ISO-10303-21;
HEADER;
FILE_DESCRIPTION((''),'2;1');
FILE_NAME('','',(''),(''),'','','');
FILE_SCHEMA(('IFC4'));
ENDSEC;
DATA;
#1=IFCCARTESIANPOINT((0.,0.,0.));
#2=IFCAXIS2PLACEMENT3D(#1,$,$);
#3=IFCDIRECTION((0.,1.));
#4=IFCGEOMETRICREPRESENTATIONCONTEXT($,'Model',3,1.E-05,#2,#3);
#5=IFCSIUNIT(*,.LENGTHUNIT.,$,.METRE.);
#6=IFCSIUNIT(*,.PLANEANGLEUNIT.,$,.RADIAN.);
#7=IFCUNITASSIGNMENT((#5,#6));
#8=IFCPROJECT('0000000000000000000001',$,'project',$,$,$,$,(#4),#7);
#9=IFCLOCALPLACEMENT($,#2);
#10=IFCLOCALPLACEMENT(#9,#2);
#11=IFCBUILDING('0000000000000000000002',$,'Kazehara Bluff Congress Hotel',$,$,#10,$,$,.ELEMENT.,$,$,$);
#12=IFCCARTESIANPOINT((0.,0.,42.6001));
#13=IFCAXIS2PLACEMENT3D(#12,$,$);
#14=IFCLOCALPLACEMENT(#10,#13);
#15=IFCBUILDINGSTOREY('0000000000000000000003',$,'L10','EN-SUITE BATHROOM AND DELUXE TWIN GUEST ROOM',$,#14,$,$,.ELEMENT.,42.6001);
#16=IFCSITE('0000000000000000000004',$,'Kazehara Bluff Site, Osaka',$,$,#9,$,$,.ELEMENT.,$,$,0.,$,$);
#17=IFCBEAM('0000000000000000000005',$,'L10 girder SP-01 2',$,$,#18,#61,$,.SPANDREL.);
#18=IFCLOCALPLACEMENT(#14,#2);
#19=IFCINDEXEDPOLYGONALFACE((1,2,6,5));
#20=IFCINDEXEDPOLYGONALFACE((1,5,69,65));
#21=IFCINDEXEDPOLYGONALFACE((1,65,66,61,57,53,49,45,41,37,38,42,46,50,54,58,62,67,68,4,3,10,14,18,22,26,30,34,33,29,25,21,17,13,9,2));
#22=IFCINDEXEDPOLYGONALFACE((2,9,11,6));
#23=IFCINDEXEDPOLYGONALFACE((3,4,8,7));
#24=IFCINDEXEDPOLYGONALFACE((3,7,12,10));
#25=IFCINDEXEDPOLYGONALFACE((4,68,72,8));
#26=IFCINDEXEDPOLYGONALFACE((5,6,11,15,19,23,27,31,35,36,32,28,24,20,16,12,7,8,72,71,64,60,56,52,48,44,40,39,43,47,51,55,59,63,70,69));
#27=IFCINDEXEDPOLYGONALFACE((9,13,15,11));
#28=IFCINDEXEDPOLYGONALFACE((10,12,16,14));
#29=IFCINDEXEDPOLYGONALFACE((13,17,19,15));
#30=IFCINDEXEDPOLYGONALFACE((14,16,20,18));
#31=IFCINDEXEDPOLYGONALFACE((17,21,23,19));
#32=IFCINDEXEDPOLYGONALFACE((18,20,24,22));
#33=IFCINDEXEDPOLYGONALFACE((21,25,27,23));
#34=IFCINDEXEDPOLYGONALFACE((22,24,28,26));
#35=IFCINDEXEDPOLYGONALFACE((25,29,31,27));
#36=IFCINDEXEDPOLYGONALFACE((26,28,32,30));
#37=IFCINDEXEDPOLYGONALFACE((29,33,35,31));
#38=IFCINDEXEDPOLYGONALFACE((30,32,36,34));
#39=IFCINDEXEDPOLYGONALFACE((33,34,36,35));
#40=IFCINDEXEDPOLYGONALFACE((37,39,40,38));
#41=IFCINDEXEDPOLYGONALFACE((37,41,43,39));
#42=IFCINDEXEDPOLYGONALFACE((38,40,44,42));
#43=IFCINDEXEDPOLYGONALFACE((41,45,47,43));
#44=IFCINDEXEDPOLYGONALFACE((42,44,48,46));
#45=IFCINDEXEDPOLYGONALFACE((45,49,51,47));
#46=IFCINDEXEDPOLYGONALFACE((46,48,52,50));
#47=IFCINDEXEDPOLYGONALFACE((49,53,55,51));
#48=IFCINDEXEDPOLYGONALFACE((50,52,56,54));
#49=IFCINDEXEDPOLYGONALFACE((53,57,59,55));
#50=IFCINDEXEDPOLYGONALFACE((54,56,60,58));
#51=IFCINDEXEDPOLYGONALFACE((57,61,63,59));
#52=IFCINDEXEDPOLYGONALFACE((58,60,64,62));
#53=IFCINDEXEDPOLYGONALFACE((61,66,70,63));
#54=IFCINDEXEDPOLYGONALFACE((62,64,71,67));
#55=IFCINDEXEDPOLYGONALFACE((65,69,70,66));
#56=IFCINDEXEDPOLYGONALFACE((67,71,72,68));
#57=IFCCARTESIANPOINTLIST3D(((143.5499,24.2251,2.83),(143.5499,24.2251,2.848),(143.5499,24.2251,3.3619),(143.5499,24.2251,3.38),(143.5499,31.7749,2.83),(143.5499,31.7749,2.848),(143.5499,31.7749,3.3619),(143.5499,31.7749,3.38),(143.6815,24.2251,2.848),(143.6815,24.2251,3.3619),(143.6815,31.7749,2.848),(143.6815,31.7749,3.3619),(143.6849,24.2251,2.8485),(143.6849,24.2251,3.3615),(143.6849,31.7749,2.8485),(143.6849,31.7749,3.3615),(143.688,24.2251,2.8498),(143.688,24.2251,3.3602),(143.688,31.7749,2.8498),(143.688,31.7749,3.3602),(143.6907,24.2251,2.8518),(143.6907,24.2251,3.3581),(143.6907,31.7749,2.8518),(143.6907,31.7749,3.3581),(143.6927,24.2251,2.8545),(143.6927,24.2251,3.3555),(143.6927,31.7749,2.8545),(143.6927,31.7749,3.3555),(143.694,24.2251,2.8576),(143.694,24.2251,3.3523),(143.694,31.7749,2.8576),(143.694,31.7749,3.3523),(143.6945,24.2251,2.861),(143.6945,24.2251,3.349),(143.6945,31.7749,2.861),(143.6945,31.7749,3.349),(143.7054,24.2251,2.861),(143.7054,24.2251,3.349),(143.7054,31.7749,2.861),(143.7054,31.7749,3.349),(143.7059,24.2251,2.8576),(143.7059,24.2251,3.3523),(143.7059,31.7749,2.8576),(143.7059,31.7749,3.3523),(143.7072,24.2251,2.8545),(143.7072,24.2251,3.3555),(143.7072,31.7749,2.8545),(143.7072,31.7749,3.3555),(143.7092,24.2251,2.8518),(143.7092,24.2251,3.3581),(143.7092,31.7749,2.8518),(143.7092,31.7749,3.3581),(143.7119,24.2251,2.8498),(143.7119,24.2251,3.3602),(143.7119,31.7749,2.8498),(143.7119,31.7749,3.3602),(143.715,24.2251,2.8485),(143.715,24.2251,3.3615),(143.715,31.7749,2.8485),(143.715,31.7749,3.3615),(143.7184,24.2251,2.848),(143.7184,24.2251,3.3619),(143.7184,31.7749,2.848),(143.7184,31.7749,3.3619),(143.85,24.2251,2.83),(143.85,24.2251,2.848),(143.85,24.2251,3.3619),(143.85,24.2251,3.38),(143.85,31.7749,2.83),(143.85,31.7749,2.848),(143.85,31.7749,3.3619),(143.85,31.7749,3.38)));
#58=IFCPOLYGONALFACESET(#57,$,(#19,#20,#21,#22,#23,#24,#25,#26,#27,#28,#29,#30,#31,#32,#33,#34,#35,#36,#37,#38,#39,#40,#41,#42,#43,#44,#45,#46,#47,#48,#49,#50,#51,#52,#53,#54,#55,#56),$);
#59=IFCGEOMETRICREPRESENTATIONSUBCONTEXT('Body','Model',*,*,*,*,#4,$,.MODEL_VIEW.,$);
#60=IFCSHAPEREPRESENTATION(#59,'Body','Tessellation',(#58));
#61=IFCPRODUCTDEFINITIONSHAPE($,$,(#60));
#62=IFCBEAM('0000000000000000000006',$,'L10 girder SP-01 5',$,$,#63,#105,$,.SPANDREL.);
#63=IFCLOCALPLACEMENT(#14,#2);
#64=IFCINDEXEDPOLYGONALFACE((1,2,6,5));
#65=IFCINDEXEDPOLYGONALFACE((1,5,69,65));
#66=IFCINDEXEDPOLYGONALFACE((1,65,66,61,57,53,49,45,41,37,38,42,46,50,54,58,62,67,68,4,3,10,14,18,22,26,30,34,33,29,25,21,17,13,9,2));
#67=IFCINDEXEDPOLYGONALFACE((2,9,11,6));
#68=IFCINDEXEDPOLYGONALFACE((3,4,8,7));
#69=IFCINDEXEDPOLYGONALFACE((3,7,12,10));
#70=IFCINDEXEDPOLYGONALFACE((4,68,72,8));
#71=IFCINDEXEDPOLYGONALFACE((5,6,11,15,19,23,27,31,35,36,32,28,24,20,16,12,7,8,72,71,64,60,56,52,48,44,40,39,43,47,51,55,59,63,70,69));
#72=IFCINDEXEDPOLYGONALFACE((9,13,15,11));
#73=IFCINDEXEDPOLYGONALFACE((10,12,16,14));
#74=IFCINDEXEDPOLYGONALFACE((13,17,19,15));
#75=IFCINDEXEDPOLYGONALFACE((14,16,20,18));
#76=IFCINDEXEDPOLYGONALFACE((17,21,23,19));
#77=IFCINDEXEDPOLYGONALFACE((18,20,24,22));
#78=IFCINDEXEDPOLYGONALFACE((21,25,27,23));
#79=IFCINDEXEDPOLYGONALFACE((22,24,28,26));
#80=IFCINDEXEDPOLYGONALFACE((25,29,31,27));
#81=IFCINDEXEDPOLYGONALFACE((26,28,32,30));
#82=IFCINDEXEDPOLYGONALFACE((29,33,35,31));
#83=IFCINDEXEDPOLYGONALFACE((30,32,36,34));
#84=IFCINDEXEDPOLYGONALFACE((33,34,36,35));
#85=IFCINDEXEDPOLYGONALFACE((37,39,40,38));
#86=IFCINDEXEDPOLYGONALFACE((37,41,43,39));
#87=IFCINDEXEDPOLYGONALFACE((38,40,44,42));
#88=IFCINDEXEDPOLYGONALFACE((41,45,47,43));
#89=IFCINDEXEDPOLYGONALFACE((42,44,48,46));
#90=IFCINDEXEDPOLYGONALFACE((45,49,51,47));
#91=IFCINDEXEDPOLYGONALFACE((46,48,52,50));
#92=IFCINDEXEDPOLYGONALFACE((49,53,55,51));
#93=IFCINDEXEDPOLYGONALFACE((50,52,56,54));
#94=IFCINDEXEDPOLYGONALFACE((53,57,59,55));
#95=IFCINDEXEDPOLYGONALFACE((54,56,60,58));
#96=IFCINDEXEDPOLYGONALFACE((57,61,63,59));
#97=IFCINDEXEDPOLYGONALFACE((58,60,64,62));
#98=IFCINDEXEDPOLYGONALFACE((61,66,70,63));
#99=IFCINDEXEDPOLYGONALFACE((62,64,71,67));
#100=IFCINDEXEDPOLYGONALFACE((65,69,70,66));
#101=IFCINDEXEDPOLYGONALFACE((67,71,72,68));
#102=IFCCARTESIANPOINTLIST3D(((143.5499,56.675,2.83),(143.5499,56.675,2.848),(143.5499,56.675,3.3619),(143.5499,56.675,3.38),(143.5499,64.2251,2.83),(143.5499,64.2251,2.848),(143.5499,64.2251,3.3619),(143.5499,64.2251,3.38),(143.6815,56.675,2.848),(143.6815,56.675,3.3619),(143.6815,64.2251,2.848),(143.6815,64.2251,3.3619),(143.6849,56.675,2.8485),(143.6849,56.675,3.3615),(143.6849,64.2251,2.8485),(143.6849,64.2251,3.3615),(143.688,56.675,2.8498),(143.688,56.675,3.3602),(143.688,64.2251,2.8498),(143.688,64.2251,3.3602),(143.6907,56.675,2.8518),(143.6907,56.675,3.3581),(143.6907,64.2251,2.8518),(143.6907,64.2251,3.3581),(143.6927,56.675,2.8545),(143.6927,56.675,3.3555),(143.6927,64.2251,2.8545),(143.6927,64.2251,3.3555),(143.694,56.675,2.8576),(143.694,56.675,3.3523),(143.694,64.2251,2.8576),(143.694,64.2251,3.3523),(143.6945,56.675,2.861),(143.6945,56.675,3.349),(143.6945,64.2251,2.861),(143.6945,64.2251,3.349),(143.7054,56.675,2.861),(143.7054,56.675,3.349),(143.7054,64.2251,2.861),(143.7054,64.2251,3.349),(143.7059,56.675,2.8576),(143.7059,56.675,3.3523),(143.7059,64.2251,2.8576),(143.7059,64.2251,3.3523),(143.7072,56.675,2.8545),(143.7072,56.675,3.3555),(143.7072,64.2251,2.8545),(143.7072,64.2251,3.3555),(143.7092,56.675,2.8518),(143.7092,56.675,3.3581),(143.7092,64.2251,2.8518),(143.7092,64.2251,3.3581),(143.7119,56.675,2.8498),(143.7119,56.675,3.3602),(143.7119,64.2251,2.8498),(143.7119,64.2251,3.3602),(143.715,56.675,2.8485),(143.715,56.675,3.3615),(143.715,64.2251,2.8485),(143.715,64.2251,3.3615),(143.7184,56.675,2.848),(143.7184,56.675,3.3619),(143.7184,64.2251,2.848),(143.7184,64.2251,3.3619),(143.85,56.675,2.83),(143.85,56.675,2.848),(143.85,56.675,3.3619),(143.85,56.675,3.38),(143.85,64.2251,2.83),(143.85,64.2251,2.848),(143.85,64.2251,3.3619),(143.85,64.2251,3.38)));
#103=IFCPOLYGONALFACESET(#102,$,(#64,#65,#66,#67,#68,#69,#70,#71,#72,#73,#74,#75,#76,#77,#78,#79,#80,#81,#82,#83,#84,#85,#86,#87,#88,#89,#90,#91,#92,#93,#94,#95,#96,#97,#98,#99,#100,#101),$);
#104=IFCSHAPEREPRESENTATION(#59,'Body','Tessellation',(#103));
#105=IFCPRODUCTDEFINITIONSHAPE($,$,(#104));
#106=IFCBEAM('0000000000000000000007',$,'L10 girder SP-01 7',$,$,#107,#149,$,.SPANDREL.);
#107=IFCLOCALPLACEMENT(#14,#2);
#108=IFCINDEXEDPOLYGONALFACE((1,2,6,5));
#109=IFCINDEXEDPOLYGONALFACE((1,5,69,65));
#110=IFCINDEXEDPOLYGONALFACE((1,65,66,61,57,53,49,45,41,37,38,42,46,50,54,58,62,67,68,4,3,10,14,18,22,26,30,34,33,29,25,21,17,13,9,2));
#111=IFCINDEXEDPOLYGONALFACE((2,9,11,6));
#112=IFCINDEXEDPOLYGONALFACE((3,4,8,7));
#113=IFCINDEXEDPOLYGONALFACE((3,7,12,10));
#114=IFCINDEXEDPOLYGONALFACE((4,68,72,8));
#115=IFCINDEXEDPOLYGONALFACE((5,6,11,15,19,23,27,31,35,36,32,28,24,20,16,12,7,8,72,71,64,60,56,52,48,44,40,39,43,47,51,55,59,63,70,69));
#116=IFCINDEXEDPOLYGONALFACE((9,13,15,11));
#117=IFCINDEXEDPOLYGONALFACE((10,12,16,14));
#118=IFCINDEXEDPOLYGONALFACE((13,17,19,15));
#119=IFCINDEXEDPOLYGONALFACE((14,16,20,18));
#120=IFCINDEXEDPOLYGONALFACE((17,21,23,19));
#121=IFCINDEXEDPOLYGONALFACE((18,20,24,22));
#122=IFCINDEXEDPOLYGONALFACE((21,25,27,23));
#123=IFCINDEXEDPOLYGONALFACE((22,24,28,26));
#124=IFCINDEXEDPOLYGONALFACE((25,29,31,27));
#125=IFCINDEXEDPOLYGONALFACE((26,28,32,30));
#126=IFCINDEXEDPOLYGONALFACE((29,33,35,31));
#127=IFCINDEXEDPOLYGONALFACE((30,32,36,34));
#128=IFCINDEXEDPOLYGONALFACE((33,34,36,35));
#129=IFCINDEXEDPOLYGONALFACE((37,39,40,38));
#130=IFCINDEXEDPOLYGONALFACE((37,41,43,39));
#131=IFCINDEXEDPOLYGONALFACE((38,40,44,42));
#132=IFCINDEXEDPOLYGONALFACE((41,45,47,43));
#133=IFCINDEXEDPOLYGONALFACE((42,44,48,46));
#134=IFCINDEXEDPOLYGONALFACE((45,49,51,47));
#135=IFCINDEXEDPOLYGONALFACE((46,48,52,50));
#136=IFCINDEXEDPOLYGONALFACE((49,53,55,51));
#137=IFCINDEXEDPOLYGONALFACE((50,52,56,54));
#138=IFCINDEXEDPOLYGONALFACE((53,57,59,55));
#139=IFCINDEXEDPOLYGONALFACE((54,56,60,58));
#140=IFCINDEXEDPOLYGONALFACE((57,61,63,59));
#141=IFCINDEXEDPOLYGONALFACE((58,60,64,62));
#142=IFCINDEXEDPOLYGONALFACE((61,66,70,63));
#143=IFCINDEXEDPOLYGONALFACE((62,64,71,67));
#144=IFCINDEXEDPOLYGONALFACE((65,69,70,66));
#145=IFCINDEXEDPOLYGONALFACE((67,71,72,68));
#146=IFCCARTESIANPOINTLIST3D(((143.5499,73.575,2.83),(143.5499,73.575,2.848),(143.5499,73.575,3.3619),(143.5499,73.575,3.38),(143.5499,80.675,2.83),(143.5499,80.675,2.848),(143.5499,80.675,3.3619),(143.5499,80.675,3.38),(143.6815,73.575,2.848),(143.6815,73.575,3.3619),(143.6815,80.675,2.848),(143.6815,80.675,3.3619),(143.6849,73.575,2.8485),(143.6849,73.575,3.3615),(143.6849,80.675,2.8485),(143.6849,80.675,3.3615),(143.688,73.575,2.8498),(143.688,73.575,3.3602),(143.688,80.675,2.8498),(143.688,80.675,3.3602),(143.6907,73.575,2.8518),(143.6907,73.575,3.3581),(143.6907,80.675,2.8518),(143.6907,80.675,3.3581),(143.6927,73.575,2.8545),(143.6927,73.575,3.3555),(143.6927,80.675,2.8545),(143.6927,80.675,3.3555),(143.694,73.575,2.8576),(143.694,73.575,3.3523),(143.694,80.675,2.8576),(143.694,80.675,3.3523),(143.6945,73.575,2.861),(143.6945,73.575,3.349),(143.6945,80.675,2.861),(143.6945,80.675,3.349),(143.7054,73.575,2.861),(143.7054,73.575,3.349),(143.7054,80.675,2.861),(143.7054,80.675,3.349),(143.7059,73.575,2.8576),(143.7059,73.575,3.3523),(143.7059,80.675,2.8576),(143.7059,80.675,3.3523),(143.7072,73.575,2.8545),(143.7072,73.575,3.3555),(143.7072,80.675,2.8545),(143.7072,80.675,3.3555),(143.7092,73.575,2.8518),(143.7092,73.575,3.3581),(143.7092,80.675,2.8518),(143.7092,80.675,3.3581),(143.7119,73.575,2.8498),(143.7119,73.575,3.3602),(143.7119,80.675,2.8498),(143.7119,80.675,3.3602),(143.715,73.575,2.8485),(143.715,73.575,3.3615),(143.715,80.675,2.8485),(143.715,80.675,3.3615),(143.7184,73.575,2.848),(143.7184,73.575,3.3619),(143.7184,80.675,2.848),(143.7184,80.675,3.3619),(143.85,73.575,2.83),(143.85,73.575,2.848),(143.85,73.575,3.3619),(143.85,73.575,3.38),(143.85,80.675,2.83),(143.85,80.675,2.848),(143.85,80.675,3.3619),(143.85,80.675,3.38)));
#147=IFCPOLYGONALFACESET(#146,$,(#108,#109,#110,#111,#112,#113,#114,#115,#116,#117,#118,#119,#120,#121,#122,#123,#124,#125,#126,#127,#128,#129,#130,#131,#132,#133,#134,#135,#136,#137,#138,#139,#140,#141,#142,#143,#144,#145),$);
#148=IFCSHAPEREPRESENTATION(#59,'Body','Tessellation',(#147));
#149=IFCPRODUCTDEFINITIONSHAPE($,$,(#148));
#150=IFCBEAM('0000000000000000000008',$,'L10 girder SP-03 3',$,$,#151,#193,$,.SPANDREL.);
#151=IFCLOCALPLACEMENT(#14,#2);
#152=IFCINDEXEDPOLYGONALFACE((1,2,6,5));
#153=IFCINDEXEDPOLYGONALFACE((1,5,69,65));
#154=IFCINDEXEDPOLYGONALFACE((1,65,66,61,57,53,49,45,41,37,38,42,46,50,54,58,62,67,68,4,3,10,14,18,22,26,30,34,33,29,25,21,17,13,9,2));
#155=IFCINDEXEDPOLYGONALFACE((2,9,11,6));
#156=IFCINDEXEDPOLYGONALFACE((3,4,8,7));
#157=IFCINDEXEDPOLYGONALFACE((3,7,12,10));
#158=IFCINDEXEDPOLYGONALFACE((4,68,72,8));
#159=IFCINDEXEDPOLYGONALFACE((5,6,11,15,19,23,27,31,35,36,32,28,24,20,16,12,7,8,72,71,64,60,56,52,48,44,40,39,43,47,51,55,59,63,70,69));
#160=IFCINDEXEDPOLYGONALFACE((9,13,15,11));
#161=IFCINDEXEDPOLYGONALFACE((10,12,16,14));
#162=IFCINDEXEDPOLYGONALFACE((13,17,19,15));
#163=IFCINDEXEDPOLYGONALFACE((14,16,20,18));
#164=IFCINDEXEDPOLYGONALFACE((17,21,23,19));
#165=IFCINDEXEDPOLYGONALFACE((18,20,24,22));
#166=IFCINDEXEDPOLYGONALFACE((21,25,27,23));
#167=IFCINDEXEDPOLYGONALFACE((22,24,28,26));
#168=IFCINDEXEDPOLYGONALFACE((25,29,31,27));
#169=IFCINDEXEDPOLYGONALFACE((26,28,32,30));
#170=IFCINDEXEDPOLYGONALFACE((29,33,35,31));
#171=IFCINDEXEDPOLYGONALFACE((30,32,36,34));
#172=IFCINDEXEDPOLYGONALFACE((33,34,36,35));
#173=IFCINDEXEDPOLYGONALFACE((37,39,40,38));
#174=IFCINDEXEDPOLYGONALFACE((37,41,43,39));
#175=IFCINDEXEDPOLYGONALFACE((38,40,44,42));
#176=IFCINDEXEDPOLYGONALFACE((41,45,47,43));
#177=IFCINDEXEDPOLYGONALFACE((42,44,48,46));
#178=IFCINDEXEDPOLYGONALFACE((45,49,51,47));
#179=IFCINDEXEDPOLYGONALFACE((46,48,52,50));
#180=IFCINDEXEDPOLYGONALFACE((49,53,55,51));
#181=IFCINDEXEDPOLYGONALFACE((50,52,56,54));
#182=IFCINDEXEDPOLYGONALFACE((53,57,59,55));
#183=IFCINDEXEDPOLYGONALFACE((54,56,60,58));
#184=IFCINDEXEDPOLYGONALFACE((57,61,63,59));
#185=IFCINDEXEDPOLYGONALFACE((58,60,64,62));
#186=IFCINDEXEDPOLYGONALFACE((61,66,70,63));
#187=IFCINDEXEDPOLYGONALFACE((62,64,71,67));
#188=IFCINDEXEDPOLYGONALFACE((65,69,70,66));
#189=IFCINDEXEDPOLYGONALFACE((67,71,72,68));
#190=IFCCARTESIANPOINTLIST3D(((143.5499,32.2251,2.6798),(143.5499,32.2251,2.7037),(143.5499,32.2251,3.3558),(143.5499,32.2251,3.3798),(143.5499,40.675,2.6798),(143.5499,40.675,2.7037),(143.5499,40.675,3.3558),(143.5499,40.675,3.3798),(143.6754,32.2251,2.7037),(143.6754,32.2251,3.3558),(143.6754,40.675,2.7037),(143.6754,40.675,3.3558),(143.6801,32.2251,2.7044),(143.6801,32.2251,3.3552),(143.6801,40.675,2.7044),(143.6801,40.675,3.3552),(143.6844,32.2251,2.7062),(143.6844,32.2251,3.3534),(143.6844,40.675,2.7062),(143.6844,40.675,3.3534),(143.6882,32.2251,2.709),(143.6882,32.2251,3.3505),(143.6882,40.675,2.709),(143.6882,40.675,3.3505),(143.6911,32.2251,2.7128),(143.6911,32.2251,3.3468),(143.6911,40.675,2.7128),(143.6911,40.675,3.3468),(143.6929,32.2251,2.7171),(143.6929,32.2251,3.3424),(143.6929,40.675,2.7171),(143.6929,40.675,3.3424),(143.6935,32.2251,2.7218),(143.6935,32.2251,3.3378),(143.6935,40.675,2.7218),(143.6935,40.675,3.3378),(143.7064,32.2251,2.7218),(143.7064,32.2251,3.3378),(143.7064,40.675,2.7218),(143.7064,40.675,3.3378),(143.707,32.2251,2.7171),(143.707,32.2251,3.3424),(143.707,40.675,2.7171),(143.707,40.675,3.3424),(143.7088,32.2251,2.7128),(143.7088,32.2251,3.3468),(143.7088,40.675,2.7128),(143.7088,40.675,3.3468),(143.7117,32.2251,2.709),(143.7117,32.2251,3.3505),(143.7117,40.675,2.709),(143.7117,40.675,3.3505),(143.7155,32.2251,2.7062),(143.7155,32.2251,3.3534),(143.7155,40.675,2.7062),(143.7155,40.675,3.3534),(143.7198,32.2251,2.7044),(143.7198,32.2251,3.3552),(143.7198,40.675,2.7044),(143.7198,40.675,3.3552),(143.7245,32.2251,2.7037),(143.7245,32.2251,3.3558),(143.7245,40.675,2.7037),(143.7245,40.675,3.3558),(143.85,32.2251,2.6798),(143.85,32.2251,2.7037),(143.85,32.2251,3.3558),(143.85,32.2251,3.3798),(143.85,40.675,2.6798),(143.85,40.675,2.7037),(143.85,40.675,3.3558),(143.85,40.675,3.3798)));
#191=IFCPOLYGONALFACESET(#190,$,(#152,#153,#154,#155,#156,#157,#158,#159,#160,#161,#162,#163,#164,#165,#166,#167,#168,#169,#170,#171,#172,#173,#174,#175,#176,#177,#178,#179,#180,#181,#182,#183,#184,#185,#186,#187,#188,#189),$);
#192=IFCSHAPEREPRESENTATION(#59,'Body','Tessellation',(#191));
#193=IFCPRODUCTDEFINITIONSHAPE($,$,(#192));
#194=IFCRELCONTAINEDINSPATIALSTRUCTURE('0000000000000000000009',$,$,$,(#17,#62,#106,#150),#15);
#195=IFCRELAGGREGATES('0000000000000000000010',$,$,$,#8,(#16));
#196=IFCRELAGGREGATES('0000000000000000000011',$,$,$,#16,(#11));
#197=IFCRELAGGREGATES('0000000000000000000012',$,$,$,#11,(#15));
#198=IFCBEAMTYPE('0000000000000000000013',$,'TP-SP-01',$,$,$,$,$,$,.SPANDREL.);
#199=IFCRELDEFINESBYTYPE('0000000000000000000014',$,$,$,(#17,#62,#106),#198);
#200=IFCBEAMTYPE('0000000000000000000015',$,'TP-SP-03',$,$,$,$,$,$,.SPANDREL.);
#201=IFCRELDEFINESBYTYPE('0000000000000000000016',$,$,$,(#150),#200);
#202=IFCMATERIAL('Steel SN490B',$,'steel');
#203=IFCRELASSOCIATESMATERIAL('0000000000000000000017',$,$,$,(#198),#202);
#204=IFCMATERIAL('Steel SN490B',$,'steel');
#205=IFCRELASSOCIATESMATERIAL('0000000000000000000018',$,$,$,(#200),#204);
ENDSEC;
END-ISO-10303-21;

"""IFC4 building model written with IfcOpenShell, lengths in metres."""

from ifc_helpers import new_model, si_unit, direction, frame, origin, origin_2d, place, context, subcontext, project, spatial, i_section, extrude, material, material_profile, profile_set, type_object, element, save


model = new_model("IFC4")

# Units and contexts
model_context = context("Model", 3, precision=1e-05, world=origin(), true_north=direction((0.0, 1.0)))
body_context = subcontext(model_context, "Body", "Model", "MODEL_VIEW")
ifc_project = project(units=[si_unit("LENGTHUNIT", "METRE"), si_unit("PLANEANGLEUNIT", "RADIAN")], contexts=[model_context])

# Site, building, storey
site_placement = place(None, origin())
site = spatial("IfcSite", under=ifc_project, at=site_placement, Name="Kazehara Bluff Site, Osaka", CompositionType="ELEMENT", RefElevation=0.0)
building_placement = place(site_placement, origin())
building = spatial("IfcBuilding", under=site, at=building_placement, Name="Kazehara Bluff Congress Hotel", CompositionType="ELEMENT")
storey_placement = place(building_placement, frame((0.0, 0.0, 42.6001)))
storey = spatial("IfcBuildingStorey", under=building, at=storey_placement, Name="L10", Description="EN-SUITE BATHROOM AND DELUXE TWIN GUEST ROOM", CompositionType="ELEMENT", Elevation=42.6001)

# Beams
ifc_material_1 = material(Name="Steel SN490B", Category="steel")
ifc_material_profile_1 = material_profile(ifc_material_1, i_section(OverallWidth=0.3, OverallDepth=0.55, WebThickness=0.011, FlangeThickness=0.0181, FilletRadius=0.0129, at=origin_2d()))
ifc_profile_set_1 = profile_set([ifc_material_profile_1], Name="Steel SN490B")
beam_type_1 = type_object("IfcBeamType", Name="TP-SP-01", PredefinedType="SPANDREL", material=ifc_profile_set_1)
beam_1_placement = place(storey_placement, frame((143.7, 24.2251, 3.105), z_axis=(0.0, 1.0, 0.0), x_axis=(-1.0, 0.0, 0.0)))
element("IfcBeam", 1, at=beam_1_placement, inside=storey, type_object=beam_type_1, Name="L10 girder SP-01 2", PredefinedType="SPANDREL", context=body_context, shape_type="SweptSolid", body=[
    extrude(i_section(OverallWidth=0.3, OverallDepth=0.55, WebThickness=0.011, FlangeThickness=0.0181, FilletRadius=0.0129, at=origin_2d()), origin(), (0.0, 0.0, 1.0), 7.5498),
])
beam_2_placement = place(storey_placement, frame((143.7, 56.675, 3.105), z_axis=(0.0, 1.0, 0.0), x_axis=(-1.0, 0.0, 0.0)))
element("IfcBeam", 2, at=beam_2_placement, inside=storey, type_object=beam_type_1, Name="L10 girder SP-01 5", PredefinedType="SPANDREL", context=body_context, shape_type="SweptSolid", body=[
    extrude(i_section(OverallWidth=0.3, OverallDepth=0.55, WebThickness=0.011, FlangeThickness=0.0181, FilletRadius=0.0129, at=origin_2d()), origin(), (0.0, 0.0, 1.0), 7.55),
])
beam_3_placement = place(storey_placement, frame((143.7, 73.575, 3.105), z_axis=(0.0, 1.0, 0.0), x_axis=(-1.0, 0.0, 0.0)))
element("IfcBeam", 3, at=beam_3_placement, inside=storey, type_object=beam_type_1, Name="L10 girder SP-01 7", PredefinedType="SPANDREL", context=body_context, shape_type="SweptSolid", body=[
    extrude(i_section(OverallWidth=0.3, OverallDepth=0.55, WebThickness=0.011, FlangeThickness=0.0181, FilletRadius=0.0129, at=origin_2d()), origin(), (0.0, 0.0, 1.0), 7.1001),
])
ifc_material_2 = material(Name="Steel SN490B", Category="steel")
ifc_material_profile_2 = material_profile(ifc_material_2, i_section(OverallWidth=0.3, OverallDepth=0.7, WebThickness=0.0129, FlangeThickness=0.0239, FilletRadius=0.0181, at=origin_2d()))
ifc_profile_set_2 = profile_set([ifc_material_profile_2], Name="Steel SN490B")
beam_type_2 = type_object("IfcBeamType", Name="TP-SP-03", PredefinedType="SPANDREL", material=ifc_profile_set_2)
for number, where, z_axis, x_axis, name in (
    (4, (143.7, 32.2251, 3.0298), (0.0, 1.0, 0.0), (-1.0, 0.0, 0.0), "L10 girder SP-03 3"),
):
    element("IfcBeam", number, at=place(storey_placement, frame(where, z_axis=z_axis, x_axis=x_axis)), inside=storey, type_object=beam_type_2, Name=name, PredefinedType="SPANDREL", context=body_context, shape_type="SweptSolid", body=[
        extrude(i_section(OverallWidth=0.3, OverallDepth=0.7, WebThickness=0.0129, FlangeThickness=0.0239, FilletRadius=0.0181, at=origin_2d()), origin(), (0.0, 0.0, 1.0), 8.45),
    ])

save(model, "model.ifc")
